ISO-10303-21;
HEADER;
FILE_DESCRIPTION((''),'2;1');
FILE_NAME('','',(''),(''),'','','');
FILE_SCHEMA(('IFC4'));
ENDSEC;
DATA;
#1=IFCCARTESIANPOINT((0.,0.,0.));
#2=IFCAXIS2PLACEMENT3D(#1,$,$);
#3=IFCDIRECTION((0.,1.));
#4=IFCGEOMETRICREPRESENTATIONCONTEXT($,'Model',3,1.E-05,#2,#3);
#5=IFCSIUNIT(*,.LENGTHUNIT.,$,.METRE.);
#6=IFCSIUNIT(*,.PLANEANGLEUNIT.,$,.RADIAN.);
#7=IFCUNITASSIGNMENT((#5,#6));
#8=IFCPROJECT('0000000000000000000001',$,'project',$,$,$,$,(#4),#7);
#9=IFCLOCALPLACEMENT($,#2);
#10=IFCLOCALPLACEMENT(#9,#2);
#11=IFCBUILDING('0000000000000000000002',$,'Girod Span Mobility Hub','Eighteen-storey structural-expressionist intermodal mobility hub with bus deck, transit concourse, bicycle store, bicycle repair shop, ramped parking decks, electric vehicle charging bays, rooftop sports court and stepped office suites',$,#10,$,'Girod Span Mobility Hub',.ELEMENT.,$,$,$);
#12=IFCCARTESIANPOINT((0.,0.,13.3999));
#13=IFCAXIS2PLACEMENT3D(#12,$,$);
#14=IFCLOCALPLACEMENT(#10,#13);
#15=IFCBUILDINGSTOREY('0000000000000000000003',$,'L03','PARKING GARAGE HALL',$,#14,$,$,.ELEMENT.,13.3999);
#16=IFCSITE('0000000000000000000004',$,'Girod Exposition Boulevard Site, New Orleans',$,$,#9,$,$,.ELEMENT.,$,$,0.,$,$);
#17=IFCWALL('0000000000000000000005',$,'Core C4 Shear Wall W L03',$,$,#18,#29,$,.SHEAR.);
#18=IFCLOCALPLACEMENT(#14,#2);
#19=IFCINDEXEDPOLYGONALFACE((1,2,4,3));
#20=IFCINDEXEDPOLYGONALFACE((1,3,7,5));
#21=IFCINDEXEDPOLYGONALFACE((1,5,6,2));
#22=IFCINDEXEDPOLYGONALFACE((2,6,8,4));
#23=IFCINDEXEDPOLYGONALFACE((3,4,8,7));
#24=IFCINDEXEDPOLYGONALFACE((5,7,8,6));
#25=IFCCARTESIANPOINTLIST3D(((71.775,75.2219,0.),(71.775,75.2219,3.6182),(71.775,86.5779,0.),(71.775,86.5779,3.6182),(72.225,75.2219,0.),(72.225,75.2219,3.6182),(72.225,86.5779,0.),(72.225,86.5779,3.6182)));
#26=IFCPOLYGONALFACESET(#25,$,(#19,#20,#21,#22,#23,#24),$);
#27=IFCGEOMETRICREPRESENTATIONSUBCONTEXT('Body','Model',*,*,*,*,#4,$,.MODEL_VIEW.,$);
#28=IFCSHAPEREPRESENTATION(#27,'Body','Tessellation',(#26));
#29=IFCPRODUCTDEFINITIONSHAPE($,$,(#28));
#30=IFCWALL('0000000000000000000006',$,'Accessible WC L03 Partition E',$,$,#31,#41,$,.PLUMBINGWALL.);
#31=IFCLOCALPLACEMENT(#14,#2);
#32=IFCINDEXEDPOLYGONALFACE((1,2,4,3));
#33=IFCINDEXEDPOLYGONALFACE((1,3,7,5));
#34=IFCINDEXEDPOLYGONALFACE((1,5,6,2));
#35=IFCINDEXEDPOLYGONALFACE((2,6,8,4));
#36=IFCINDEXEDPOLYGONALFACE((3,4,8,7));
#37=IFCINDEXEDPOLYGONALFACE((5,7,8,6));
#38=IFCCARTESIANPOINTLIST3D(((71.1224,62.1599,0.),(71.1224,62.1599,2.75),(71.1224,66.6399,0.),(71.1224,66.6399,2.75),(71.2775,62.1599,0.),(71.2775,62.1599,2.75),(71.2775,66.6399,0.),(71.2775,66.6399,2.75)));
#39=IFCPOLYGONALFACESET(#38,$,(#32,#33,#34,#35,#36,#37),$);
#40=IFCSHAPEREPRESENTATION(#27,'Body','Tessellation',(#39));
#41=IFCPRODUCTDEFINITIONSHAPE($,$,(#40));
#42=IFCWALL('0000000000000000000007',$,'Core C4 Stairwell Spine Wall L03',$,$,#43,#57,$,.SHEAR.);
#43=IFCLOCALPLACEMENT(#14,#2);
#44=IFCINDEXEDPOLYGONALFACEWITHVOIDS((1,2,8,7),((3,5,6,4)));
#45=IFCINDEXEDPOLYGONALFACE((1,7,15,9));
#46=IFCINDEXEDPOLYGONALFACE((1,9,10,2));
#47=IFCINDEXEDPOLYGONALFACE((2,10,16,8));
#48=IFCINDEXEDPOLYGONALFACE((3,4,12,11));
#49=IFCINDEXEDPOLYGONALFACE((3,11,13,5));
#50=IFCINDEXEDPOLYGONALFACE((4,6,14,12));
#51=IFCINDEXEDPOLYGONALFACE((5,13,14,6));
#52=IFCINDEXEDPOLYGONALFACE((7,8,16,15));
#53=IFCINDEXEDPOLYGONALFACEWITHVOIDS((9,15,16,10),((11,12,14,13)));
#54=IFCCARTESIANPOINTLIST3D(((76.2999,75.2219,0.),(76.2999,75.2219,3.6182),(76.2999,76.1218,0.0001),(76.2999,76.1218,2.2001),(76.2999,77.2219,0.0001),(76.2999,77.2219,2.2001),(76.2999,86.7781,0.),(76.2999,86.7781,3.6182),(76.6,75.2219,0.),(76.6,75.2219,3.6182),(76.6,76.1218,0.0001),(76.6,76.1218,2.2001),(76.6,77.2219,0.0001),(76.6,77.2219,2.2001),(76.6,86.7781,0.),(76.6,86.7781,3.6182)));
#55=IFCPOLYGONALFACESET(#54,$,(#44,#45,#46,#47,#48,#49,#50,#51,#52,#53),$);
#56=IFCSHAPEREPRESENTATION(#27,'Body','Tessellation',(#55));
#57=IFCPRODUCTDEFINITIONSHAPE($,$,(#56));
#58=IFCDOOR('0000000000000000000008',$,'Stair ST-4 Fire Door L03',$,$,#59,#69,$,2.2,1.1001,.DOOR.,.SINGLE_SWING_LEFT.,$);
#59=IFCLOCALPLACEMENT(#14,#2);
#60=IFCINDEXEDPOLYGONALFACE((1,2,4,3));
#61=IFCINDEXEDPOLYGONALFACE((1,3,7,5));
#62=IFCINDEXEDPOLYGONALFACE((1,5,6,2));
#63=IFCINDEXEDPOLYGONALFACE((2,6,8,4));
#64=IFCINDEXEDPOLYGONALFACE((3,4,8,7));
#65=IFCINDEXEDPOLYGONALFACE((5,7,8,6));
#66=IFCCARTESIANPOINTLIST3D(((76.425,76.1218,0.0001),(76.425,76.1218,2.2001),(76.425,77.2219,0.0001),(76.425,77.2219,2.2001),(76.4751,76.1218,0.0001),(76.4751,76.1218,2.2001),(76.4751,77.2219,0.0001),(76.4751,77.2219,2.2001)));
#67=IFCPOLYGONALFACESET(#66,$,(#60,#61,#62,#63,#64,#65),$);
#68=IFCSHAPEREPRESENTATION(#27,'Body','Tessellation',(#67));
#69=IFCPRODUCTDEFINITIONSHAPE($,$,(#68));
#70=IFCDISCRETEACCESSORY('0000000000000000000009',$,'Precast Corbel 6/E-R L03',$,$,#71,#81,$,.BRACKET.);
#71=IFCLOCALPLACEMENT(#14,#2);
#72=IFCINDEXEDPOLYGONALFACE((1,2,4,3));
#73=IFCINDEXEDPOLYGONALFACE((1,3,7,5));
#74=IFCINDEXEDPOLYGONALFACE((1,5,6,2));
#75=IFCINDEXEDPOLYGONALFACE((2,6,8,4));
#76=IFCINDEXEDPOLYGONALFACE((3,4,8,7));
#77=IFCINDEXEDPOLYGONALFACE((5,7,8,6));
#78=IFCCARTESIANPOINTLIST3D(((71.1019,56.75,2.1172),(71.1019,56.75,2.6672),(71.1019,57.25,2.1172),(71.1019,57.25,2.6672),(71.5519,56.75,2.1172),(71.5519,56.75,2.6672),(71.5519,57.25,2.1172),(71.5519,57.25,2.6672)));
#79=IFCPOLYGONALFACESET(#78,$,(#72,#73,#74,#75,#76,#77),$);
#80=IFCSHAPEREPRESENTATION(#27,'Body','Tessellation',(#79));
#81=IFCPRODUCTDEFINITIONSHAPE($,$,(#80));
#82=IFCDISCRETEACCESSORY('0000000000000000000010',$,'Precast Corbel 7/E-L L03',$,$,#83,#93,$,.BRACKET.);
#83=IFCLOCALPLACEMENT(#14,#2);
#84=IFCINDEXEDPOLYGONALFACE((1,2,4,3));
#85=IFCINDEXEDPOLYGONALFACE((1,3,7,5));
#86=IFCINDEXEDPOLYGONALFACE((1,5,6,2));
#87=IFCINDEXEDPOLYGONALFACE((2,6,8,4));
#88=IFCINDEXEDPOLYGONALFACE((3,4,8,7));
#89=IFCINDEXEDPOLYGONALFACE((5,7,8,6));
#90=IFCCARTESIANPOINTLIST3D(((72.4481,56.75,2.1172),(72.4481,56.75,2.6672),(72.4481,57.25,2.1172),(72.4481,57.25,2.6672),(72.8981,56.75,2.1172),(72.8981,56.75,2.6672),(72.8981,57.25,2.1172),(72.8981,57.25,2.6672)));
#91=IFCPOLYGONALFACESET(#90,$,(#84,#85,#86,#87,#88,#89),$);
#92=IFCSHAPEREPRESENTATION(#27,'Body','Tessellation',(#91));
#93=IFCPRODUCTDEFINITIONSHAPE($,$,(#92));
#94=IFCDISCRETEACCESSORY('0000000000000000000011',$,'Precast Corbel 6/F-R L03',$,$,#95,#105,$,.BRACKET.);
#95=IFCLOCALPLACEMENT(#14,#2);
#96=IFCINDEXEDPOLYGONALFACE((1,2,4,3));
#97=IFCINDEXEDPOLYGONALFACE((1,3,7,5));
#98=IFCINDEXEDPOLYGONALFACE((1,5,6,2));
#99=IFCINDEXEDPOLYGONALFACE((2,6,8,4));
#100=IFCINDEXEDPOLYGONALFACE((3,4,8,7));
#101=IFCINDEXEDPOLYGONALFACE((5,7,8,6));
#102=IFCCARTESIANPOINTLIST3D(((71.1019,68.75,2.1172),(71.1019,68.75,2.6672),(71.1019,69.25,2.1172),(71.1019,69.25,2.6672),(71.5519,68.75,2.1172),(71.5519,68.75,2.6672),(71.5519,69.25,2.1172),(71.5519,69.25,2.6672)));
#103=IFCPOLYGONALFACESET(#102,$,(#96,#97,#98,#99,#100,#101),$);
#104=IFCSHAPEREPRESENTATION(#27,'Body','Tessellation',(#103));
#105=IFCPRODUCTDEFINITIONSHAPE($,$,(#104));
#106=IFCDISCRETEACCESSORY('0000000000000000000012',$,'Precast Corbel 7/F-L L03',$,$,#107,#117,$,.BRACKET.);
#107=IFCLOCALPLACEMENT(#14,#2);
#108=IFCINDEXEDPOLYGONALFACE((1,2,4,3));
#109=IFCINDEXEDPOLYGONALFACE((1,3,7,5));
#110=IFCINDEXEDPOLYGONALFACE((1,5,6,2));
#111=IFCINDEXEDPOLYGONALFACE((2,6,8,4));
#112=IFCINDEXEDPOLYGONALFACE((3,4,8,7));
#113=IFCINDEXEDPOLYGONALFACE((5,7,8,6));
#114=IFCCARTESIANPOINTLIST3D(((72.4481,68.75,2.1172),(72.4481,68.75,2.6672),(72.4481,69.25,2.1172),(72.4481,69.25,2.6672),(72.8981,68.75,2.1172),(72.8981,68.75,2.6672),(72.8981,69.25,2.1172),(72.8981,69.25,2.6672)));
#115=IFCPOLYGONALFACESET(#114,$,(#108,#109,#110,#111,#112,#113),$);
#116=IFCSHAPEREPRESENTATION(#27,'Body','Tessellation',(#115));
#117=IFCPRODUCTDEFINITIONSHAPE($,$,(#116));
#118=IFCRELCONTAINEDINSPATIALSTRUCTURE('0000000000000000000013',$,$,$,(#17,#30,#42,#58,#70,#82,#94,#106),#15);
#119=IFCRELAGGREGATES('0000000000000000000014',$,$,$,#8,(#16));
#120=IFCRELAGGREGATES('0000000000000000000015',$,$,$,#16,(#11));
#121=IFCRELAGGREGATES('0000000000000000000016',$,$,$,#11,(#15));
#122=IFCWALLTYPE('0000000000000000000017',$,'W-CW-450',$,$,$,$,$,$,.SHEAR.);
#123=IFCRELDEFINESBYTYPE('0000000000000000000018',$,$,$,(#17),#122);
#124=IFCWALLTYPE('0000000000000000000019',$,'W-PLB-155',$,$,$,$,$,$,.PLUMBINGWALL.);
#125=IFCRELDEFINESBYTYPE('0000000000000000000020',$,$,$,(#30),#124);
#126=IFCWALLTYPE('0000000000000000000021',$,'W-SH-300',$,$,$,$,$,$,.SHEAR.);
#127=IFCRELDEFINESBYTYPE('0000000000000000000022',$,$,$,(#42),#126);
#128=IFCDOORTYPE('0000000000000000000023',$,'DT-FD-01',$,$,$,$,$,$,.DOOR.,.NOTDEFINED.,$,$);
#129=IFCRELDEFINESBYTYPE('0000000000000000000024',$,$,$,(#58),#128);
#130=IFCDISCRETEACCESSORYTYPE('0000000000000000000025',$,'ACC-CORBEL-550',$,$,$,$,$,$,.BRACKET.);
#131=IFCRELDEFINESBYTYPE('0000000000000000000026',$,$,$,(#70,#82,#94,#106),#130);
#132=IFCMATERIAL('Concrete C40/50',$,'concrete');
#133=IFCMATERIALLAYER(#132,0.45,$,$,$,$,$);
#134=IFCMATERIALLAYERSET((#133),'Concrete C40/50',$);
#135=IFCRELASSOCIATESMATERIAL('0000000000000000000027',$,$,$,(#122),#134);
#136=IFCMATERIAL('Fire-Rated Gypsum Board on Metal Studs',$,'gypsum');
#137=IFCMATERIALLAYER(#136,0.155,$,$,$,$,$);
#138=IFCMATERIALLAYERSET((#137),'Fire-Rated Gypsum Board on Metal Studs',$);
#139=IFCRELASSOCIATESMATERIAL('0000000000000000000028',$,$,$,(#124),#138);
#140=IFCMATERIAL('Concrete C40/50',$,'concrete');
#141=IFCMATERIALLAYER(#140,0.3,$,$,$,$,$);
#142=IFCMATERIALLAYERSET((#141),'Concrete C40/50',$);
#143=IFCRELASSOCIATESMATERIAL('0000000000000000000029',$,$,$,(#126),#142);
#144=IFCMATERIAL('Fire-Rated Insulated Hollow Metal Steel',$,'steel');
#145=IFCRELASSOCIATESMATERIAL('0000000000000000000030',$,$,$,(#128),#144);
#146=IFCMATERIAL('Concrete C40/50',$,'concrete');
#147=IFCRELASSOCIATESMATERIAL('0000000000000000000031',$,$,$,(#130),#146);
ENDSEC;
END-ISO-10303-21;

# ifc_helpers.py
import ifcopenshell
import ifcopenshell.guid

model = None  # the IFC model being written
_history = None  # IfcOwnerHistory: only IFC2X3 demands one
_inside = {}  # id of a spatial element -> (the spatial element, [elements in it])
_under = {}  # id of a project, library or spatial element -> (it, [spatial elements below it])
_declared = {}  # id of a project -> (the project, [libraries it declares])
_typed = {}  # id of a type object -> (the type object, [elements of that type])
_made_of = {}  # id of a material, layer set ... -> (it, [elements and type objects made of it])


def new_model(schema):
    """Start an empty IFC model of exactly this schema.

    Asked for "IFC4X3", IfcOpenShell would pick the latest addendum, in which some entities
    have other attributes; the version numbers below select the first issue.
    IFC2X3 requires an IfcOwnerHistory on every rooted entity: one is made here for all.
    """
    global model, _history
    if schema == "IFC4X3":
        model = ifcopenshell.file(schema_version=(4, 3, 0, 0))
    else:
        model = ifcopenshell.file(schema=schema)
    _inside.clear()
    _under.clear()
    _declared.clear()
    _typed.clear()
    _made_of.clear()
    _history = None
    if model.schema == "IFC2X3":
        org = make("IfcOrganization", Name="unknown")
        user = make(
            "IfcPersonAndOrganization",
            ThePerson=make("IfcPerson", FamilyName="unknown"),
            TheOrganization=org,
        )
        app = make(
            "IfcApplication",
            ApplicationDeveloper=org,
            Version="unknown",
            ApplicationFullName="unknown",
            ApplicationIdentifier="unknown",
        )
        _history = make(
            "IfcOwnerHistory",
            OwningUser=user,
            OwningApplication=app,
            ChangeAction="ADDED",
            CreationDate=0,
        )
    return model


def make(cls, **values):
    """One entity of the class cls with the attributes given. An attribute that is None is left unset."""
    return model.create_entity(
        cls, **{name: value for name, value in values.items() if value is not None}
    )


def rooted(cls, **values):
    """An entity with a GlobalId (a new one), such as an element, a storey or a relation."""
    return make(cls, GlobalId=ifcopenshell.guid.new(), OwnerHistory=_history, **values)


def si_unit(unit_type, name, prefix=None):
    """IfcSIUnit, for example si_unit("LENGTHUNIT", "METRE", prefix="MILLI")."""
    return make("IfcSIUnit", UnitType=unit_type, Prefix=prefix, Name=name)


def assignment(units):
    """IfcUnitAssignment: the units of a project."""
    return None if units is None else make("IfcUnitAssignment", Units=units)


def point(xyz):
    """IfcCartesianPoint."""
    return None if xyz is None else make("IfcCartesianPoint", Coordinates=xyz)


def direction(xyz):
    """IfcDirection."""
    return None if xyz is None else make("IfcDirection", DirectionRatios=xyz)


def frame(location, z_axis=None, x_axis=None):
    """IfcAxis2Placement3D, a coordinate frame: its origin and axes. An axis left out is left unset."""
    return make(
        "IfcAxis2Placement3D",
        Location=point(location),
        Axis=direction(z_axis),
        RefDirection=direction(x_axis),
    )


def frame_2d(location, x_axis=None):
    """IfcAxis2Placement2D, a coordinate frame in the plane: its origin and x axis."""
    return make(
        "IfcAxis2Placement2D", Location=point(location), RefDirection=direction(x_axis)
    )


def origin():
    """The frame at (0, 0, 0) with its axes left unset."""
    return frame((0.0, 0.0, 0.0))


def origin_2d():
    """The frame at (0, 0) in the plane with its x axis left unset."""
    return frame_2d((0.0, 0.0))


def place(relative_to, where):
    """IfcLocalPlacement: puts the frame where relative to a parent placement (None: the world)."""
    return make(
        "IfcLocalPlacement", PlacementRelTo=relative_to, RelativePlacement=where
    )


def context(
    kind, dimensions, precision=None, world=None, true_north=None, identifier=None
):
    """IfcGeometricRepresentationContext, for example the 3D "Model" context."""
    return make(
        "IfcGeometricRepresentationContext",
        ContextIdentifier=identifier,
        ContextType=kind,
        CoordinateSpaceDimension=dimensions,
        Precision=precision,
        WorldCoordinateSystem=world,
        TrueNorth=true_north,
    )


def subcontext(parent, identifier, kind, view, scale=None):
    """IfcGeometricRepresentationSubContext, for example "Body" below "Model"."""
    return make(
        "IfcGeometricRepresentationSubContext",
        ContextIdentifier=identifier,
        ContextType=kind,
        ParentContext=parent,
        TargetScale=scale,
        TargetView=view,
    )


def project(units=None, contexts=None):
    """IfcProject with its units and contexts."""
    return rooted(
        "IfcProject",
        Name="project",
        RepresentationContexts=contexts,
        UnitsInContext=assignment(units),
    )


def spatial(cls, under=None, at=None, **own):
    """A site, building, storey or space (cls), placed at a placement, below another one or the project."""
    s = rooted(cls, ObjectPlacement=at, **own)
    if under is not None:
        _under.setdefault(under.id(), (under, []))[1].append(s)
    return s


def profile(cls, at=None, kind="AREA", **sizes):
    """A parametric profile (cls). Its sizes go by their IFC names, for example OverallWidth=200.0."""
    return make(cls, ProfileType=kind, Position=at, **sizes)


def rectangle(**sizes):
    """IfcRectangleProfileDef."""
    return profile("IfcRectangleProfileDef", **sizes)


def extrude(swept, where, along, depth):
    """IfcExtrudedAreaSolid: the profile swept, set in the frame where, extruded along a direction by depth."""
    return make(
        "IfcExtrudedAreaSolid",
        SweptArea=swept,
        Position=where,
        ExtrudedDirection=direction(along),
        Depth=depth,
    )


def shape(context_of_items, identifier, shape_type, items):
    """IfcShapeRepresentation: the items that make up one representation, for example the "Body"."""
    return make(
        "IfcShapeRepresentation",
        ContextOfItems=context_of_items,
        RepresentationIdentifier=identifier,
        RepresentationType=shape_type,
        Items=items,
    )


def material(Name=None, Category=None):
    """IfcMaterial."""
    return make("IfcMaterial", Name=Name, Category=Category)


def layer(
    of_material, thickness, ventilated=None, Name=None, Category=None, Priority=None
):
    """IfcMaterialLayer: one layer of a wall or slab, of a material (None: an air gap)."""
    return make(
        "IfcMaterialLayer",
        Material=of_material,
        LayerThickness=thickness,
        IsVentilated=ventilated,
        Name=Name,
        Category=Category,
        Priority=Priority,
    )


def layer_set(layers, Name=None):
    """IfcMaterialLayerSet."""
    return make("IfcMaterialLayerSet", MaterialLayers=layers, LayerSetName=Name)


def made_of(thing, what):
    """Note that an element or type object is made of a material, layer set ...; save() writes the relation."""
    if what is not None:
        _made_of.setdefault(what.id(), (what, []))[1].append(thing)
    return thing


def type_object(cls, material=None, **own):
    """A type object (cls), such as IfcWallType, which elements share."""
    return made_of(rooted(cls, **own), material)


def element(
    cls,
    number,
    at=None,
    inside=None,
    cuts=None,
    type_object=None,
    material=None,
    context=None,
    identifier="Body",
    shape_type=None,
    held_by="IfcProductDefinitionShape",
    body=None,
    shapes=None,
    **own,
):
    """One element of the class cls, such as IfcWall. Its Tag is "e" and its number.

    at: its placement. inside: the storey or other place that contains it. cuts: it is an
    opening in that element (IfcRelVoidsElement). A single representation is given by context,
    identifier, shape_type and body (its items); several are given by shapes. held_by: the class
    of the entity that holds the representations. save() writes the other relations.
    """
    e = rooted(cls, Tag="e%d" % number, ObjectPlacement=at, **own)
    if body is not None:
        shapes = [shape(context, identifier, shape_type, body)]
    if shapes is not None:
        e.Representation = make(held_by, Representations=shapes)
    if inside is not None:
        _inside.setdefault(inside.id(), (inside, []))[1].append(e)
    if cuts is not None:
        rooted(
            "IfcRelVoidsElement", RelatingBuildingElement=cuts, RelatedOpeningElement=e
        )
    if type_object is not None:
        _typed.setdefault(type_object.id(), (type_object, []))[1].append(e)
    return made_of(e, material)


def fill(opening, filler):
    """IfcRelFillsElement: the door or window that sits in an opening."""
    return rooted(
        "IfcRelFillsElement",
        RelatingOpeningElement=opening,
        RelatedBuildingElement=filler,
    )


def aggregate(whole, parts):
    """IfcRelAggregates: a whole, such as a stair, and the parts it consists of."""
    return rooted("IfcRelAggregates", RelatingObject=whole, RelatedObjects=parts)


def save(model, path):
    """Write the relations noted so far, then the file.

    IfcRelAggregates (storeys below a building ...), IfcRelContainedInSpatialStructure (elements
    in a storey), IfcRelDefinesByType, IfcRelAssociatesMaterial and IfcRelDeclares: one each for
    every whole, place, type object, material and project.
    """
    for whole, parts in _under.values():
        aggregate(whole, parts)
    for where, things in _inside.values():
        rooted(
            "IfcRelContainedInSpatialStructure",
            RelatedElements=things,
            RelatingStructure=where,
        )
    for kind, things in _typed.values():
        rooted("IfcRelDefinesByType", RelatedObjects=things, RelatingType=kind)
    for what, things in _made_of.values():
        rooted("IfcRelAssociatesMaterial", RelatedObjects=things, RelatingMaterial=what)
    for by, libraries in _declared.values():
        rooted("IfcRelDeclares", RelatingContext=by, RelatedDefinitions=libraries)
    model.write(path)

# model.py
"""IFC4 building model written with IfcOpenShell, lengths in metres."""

from ifc_helpers import new_model, si_unit, direction, frame, frame_2d, origin, origin_2d, place, context, subcontext, project, spatial, rectangle, extrude, material, layer, layer_set, type_object, element, fill, save


model = new_model("IFC4")

# Units and contexts
model_context = context("Model", 3, precision=1e-05, world=origin(), true_north=direction((0.0, 1.0)))
body_context = subcontext(model_context, "Body", "Model", "MODEL_VIEW")
ifc_project = project(units=[si_unit("LENGTHUNIT", "METRE"), si_unit("PLANEANGLEUNIT", "RADIAN")], contexts=[model_context])

# Site, building, storey
site_placement = place(None, origin())
site = spatial("IfcSite", under=ifc_project, at=site_placement, Name="Girod Exposition Boulevard Site, New Orleans", CompositionType="ELEMENT", RefElevation=0.0)
building_placement = place(site_placement, origin())
building = spatial("IfcBuilding", under=site, at=building_placement, Name="Girod Span Mobility Hub", Description="Eighteen-storey structural-expressionist intermodal mobility hub with bus deck, transit concourse, bicycle store, bicycle repair shop, ramped parking decks, electric vehicle charging bays, rooftop sports court and stepped office suites", LongName="Girod Span Mobility Hub", CompositionType="ELEMENT")
storey_placement = place(building_placement, frame((0.0, 0.0, 13.3999)))
storey = spatial("IfcBuildingStorey", under=building, at=storey_placement, Name="L03", Description="PARKING GARAGE HALL", CompositionType="ELEMENT", Elevation=13.3999)

# Shared definitions
ifc_material_1 = material(Name="Concrete C40/50", Category="concrete")
ifc_layer_1 = layer(ifc_material_1, 0.45)
ifc_layer_set_1 = layer_set([ifc_layer_1], Name="Concrete C40/50")
wall_type_1 = type_object("IfcWallType", Name="W-CW-450", PredefinedType="SHEAR", material=ifc_layer_set_1)

# Walls
wall_1_placement = place(storey_placement, frame((72.0, 75.2219, 0.0), z_axis=(0.0, 0.0, 1.0), x_axis=(0.0, 1.0, 0.0)))
element("IfcWall", 1, at=wall_1_placement, inside=storey, type_object=wall_type_1, Name="Core C4 Shear Wall W L03", PredefinedType="SHEAR", context=body_context, shape_type="SweptSolid", body=[
    extrude(rectangle(XDim=11.356, YDim=0.45, at=frame_2d((5.678, 0.0))), origin(), (0.0, 0.0, 1.0), 3.6182),
])
ifc_material_2 = material(Name="Fire-Rated Gypsum Board on Metal Studs", Category="gypsum")
ifc_layer_2 = layer(ifc_material_2, 0.155)
ifc_layer_set_2 = layer_set([ifc_layer_2], Name="Fire-Rated Gypsum Board on Metal Studs")
wall_type_2 = type_object("IfcWallType", Name="W-PLB-155", PredefinedType="PLUMBINGWALL", material=ifc_layer_set_2)
wall_2_placement = place(storey_placement, frame((71.2, 62.1599, 0.0), z_axis=(0.0, 0.0, 1.0), x_axis=(0.0, 1.0, 0.0)))
element("IfcWall", 2, at=wall_2_placement, inside=storey, type_object=wall_type_2, Name="Accessible WC L03 Partition E", PredefinedType="PLUMBINGWALL", context=body_context, shape_type="SweptSolid", body=[
    extrude(rectangle(XDim=4.48, YDim=0.155, at=frame_2d((2.24, 0.0))), origin(), (0.0, 0.0, 1.0), 2.75),
])

# Wall, opening, door
ifc_material_3 = material(Name="Concrete C40/50", Category="concrete")
ifc_layer_3 = layer(ifc_material_3, 0.3)
ifc_layer_set_3 = layer_set([ifc_layer_3], Name="Concrete C40/50")
wall_type_3 = type_object("IfcWallType", Name="W-SH-300", PredefinedType="SHEAR", material=ifc_layer_set_3)
wall_3_placement = place(storey_placement, frame((76.45, 75.2219, 0.0), z_axis=(0.0, 0.0, 1.0), x_axis=(0.0, 1.0, 0.0)))
wall_3 = element("IfcWall", 3, at=wall_3_placement, inside=storey, type_object=wall_type_3, Name="Core C4 Stairwell Spine Wall L03", PredefinedType="SHEAR", context=body_context, shape_type="SweptSolid", body=[
    extrude(rectangle(XDim=11.5562, YDim=0.3, at=frame_2d((5.7781, 0.0))), origin(), (0.0, 0.0, 1.0), 3.6182),
])
opening_1_placement = place(wall_3_placement, frame((0.8999, 0.0, 0.0)))
opening_1 = element("IfcOpeningElement", 4, at=opening_1_placement, cuts=wall_3, PredefinedType="OPENING", context=body_context, shape_type="SweptSolid", body=[
    extrude(rectangle(XDim=1.1001, YDim=2.2, at=frame_2d((0.55, 1.1001))), frame((0.0, 0.165, 0.0), z_axis=(0.0, -1.0, 0.0), x_axis=(1.0, 0.0, 0.0)), (0.0, 0.0, 1.0), 0.3301),
])
ifc_material_4 = material(Name="Fire-Rated Insulated Hollow Metal Steel", Category="steel")
door_type_1 = type_object("IfcDoorType", Name="DT-FD-01", OperationType="NOTDEFINED", PredefinedType="DOOR", material=ifc_material_4)
door_1_placement = place(opening_1_placement, origin())
door_1 = element("IfcDoor", 5, at=door_1_placement, inside=storey, type_object=door_type_1, Name="Stair ST-4 Fire Door L03", OperationType="SINGLE_SWING_LEFT", OverallHeight=2.2, OverallWidth=1.1001, PredefinedType="DOOR", context=body_context, shape_type="SweptSolid", body=[
    extrude(rectangle(XDim=1.1001, YDim=2.2, at=frame_2d((0.55, 1.1001))), frame((0.0, 0.0249, 0.0), z_axis=(0.0, -1.0, 0.0), x_axis=(1.0, 0.0, 0.0)), (0.0, 0.0, 1.0), 0.05),
])
fill(opening_1, door_1)

# Discrete accessories
ifc_material_5 = material(Name="Concrete C40/50", Category="concrete")
discrete_accessory_type = type_object("IfcDiscreteAccessoryType", Name="ACC-CORBEL-550", PredefinedType="BRACKET", material=ifc_material_5)
for number, where, z_axis, x_axis, name in (
    (6, (71.3269, 57.0, 2.1172), (0.0, 0.0, 1.0), (1.0, 0.0, 0.0), "Precast Corbel 6/E-R L03"),
    (7, (72.6731, 57.0, 2.1172), (0.0, 0.0, 1.0), (1.0, 0.0, 0.0), "Precast Corbel 7/E-L L03"),
    (8, (71.3269, 69.0, 2.1172), (0.0, 0.0, 1.0), (1.0, 0.0, 0.0), "Precast Corbel 6/F-R L03"),
    (9, (72.6731, 69.0, 2.1172), (0.0, 0.0, 1.0), (1.0, 0.0, 0.0), "Precast Corbel 7/F-L L03"),
):
    element("IfcDiscreteAccessory", number, at=place(storey_placement, frame(where, z_axis=z_axis, x_axis=x_axis)), inside=storey, type_object=discrete_accessory_type, Name=name, PredefinedType="BRACKET", context=body_context, shape_type="SweptSolid", body=[
        extrude(rectangle(XDim=0.45, YDim=0.5, at=origin_2d()), origin(), (0.0, 0.0, 1.0), 0.55),
    ])

save(model, "model.ifc")
